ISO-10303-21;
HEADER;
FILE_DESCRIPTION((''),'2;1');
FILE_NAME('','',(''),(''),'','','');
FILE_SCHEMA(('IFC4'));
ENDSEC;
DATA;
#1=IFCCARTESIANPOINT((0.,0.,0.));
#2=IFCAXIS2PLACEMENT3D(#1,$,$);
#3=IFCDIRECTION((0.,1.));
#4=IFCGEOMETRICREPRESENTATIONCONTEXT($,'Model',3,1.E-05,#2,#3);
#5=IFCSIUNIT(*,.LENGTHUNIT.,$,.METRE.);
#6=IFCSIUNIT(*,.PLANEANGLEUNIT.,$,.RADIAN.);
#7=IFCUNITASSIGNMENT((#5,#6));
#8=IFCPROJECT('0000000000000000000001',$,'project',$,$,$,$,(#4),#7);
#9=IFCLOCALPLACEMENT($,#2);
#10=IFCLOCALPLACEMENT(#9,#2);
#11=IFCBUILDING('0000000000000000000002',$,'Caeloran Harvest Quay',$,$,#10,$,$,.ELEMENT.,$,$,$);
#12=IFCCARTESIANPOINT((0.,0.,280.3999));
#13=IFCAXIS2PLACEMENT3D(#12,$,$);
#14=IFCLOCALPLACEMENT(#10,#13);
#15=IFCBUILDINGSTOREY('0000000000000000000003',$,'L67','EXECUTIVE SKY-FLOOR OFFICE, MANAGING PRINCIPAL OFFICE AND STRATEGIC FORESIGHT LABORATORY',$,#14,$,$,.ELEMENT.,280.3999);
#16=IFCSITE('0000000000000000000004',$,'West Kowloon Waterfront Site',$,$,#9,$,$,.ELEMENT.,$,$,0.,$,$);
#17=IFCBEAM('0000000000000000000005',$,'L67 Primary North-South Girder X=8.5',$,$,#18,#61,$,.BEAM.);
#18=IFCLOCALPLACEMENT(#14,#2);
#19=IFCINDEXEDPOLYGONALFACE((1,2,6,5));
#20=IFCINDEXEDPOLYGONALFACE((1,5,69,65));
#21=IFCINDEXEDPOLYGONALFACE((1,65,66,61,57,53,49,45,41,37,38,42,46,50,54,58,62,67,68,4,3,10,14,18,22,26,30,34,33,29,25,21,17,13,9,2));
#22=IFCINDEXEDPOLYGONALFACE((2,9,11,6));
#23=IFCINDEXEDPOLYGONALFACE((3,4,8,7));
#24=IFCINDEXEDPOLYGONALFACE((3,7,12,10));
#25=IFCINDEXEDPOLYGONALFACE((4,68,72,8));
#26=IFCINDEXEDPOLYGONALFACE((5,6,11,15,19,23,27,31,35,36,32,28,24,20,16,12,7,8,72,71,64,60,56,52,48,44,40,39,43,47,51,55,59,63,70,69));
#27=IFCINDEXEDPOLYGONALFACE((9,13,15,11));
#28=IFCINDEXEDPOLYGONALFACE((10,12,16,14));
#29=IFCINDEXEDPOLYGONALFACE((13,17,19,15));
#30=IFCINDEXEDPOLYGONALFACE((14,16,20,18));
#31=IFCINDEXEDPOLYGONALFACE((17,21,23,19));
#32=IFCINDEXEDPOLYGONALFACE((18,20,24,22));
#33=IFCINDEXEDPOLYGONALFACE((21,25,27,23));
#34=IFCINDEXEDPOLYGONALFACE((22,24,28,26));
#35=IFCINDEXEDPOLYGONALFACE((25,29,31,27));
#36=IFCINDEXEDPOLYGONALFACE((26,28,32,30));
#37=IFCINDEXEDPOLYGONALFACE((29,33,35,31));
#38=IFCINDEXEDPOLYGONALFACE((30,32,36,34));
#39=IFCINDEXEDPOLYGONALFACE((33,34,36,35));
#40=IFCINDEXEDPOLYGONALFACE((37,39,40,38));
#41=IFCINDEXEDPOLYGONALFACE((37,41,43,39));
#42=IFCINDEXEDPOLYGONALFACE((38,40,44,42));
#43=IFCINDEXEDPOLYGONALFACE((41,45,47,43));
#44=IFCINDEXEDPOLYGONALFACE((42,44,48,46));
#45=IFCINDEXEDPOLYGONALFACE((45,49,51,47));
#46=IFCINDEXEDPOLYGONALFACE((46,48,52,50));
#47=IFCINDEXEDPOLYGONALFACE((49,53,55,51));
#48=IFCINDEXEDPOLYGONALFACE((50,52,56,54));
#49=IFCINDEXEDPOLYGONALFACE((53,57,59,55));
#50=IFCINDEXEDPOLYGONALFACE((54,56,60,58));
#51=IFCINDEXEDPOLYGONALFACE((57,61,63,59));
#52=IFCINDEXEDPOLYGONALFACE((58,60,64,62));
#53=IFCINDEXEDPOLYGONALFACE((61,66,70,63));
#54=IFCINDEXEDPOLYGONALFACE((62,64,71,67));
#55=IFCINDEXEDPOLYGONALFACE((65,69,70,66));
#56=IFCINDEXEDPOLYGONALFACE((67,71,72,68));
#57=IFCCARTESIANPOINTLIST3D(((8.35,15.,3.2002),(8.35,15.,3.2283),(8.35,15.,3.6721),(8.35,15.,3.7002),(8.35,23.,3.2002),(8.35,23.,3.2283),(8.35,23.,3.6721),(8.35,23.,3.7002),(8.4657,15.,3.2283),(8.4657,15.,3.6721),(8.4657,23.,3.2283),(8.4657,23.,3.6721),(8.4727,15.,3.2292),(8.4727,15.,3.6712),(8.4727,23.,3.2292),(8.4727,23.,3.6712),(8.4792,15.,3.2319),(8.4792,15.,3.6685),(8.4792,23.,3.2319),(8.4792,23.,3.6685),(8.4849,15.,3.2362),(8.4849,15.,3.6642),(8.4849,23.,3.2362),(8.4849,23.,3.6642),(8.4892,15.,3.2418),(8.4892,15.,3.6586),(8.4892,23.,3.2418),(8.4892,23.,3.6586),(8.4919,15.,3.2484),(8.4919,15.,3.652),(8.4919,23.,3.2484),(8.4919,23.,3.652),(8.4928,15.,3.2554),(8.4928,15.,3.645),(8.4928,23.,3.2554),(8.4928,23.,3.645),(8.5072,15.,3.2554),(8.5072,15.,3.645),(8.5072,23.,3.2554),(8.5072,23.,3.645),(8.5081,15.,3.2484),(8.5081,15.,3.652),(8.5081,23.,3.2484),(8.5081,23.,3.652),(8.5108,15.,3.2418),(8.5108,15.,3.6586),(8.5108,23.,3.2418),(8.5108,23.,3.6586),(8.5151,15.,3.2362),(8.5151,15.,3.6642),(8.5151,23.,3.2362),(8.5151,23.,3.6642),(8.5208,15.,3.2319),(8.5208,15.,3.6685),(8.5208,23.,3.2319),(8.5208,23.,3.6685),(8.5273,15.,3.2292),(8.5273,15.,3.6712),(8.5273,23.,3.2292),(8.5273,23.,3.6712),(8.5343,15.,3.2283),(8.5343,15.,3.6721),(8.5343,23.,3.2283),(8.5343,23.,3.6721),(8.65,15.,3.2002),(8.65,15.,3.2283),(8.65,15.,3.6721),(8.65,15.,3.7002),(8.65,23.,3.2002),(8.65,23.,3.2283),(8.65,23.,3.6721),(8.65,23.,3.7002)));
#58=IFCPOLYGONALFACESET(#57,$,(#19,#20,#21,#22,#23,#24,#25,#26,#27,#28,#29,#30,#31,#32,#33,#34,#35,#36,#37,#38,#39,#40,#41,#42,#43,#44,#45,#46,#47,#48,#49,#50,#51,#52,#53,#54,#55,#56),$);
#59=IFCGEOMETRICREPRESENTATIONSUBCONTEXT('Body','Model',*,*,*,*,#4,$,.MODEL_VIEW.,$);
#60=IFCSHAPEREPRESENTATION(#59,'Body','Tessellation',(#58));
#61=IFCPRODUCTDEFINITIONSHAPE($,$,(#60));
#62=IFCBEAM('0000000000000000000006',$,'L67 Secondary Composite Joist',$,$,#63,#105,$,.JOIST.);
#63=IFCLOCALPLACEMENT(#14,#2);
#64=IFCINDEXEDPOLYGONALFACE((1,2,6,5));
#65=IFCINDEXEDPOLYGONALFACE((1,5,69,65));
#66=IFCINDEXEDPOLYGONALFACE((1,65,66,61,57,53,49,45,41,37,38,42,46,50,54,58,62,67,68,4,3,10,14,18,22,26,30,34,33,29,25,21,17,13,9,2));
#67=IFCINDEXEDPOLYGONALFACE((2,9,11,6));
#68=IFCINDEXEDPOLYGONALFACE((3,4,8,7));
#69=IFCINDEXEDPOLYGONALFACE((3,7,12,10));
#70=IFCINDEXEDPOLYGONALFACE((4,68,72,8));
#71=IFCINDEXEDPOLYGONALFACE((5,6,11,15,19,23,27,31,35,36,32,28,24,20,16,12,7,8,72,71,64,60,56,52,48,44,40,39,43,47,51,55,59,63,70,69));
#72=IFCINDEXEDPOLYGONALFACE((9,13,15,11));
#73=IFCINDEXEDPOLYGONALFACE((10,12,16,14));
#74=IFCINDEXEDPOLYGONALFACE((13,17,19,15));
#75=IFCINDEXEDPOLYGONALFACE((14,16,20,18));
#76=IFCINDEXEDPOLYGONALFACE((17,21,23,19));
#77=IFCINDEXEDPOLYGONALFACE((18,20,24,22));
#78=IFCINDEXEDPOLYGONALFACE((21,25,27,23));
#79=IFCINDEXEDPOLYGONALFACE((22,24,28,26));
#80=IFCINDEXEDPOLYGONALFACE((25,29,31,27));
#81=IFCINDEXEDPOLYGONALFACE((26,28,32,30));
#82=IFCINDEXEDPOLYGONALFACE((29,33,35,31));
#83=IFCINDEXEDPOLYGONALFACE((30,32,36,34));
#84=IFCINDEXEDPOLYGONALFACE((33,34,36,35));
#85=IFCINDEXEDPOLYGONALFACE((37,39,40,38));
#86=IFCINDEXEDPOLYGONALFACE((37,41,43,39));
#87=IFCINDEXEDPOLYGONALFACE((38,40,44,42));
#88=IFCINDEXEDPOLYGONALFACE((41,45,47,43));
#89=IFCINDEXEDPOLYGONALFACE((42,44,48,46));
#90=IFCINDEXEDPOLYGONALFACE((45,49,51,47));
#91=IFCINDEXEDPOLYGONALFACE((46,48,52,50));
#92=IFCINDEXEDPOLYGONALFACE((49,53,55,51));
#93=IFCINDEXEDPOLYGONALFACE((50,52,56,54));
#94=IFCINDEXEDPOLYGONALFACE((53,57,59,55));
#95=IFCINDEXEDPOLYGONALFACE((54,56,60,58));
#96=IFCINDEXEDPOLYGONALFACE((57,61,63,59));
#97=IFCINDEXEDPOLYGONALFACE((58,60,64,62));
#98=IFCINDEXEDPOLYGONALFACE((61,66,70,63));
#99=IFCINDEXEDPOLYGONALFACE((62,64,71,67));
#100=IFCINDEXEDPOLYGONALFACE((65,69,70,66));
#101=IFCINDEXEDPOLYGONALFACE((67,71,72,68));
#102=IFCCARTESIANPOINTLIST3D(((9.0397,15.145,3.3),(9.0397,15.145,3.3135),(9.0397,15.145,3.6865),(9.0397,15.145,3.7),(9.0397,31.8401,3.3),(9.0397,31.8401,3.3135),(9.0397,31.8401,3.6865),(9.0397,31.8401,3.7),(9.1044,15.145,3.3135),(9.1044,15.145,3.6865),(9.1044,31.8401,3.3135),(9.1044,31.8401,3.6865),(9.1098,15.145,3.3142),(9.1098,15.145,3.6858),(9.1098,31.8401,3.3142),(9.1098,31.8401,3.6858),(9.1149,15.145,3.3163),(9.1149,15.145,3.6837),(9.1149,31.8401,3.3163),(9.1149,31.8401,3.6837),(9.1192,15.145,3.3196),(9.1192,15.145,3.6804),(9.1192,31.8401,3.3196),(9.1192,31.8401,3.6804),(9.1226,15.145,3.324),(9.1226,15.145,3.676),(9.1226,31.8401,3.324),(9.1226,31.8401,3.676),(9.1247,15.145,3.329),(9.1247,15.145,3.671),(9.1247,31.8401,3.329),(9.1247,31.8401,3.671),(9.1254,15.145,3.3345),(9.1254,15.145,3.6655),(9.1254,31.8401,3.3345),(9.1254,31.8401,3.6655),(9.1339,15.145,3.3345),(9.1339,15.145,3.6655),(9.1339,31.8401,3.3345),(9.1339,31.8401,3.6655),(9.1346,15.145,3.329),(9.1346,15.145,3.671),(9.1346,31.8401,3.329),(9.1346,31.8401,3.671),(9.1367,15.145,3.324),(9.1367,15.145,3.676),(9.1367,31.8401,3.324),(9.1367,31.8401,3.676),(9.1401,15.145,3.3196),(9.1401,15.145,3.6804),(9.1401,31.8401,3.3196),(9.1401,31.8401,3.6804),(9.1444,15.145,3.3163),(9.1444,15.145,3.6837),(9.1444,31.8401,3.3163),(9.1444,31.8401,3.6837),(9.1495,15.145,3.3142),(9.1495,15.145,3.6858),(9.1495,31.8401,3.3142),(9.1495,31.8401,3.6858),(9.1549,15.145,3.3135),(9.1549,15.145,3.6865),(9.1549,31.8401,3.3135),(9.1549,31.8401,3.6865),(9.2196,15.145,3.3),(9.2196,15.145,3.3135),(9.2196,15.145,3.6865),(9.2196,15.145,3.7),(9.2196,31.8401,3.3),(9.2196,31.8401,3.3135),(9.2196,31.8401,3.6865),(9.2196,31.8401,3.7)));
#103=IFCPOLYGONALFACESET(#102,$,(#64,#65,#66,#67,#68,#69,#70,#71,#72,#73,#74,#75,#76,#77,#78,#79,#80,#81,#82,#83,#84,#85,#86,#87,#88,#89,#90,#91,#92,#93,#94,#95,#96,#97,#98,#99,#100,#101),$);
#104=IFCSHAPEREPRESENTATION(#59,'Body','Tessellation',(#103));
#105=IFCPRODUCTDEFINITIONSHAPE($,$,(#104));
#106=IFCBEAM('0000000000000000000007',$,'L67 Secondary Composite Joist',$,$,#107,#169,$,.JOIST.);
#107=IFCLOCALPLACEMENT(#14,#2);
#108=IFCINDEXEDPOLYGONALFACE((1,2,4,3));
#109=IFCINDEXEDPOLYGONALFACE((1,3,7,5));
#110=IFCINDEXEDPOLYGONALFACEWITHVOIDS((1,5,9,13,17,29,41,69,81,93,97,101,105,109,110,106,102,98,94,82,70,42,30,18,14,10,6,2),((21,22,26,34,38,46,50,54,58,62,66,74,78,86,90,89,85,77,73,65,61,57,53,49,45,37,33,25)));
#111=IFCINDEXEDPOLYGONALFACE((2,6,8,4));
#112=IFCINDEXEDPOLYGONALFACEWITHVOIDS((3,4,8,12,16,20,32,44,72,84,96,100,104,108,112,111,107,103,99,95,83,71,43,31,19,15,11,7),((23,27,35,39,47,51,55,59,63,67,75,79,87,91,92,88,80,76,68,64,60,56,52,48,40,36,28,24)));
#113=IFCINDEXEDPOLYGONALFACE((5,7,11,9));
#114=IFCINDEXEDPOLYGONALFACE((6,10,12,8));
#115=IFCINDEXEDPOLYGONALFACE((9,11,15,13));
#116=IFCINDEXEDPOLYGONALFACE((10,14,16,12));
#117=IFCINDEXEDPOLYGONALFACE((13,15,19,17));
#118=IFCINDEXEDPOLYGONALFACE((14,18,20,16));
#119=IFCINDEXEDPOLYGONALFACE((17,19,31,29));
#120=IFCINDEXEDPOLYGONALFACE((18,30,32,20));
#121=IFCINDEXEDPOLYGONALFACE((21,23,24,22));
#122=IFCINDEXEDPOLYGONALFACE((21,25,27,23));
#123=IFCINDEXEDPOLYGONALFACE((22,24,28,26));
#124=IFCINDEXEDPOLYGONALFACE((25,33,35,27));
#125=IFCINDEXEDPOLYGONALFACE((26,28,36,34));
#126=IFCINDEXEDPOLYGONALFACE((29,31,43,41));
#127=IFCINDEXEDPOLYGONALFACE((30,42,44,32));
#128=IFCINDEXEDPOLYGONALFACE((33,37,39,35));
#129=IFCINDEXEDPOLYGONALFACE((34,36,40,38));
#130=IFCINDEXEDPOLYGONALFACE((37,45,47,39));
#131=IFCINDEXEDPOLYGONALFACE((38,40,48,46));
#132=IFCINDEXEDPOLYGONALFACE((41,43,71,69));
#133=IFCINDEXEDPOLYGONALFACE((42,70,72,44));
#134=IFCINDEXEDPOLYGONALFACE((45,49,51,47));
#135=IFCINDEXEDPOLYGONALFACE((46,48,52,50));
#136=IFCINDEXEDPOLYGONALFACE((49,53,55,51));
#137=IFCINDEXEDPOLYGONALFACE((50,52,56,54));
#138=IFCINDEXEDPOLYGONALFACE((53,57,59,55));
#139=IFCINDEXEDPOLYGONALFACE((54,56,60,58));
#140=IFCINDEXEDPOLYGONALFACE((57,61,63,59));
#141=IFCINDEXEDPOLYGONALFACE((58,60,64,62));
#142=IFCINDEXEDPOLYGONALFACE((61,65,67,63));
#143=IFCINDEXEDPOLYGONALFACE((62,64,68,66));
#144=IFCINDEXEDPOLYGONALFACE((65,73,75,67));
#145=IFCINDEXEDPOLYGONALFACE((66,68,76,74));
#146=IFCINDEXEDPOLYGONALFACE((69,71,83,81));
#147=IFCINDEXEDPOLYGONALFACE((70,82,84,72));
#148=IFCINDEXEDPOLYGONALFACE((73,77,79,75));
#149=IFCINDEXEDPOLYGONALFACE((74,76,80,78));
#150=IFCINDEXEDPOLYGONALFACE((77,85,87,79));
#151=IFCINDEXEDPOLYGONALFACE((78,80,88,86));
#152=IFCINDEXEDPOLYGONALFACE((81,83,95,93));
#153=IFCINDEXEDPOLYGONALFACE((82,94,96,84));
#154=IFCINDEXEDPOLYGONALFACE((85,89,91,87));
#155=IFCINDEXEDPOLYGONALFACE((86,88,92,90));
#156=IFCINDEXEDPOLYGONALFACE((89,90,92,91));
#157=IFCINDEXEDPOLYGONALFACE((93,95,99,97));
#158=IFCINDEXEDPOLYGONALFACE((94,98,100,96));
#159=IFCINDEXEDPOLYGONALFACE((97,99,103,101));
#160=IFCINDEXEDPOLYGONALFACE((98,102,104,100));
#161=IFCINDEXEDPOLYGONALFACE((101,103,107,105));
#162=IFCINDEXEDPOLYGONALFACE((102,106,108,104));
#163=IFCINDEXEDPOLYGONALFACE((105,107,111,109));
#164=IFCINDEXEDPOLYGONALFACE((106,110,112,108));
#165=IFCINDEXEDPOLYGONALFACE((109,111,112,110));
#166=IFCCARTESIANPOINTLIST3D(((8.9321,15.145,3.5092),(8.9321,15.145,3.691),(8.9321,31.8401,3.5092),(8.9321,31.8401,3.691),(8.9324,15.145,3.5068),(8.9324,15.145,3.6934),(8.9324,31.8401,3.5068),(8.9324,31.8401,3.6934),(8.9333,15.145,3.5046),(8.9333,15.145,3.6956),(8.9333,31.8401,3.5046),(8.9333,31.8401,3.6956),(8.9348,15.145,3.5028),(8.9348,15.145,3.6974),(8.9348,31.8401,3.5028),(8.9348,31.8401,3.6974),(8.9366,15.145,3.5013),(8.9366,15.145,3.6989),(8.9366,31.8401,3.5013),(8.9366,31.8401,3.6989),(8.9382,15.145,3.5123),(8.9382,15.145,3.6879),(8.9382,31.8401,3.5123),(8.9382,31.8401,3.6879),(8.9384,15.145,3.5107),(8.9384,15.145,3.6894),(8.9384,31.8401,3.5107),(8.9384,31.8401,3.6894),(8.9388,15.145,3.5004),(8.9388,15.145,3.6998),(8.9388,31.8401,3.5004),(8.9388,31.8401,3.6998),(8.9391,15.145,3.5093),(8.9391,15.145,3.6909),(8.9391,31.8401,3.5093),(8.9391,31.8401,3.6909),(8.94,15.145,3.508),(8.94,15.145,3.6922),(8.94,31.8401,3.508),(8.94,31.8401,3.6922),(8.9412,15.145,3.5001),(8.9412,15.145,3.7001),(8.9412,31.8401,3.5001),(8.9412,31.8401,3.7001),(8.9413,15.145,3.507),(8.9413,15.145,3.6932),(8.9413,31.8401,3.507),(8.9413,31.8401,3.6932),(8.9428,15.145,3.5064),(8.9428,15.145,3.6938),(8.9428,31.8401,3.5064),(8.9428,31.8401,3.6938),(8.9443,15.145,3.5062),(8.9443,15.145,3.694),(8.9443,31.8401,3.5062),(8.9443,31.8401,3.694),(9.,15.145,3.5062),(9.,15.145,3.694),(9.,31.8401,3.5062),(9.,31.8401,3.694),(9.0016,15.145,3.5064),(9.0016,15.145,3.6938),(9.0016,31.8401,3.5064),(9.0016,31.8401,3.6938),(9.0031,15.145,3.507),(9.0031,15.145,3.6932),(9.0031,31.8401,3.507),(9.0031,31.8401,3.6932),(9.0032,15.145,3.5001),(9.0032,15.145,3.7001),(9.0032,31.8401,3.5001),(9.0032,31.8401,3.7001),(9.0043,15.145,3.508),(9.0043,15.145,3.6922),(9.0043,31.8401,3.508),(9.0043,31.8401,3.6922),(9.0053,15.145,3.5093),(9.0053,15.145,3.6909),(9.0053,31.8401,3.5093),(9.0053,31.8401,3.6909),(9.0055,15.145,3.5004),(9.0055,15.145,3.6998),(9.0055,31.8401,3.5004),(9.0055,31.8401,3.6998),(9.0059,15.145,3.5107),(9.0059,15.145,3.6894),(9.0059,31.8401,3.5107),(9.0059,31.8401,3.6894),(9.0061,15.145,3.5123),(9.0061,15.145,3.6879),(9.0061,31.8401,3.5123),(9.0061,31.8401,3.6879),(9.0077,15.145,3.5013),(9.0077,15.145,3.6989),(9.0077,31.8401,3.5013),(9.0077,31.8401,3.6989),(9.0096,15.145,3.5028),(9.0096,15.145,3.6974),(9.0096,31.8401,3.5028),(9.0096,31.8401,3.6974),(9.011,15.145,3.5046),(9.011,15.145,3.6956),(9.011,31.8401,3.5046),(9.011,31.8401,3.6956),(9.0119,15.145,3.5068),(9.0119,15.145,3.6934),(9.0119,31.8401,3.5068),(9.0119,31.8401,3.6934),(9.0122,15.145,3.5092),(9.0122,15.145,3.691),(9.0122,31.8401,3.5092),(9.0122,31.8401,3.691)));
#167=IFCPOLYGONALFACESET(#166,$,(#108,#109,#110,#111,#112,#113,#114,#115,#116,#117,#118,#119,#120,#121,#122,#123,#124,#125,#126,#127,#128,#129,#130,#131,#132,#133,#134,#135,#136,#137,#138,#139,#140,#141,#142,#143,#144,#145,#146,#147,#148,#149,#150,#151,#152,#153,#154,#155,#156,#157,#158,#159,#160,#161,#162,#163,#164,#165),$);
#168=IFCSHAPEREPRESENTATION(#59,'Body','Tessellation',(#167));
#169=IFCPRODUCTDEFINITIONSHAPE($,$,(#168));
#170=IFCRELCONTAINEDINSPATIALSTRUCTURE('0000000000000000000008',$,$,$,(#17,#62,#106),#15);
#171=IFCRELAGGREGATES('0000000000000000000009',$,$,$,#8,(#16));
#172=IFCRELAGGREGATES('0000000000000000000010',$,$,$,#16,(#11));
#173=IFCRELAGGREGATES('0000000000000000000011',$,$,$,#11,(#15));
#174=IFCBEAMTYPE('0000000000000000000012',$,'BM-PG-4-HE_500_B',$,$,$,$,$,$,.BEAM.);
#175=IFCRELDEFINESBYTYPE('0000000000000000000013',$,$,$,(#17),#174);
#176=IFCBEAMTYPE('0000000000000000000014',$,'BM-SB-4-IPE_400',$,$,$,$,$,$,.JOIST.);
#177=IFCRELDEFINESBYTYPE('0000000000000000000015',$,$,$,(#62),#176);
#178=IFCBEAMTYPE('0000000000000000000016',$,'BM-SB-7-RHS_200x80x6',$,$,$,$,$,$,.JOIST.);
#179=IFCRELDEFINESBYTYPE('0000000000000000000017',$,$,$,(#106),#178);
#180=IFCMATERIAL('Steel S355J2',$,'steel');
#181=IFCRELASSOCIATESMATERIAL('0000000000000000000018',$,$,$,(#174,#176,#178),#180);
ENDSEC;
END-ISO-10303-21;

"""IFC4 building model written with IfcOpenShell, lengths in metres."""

from ifc_helpers import new_model, si_unit, direction, frame, origin, origin_2d, place, context, subcontext, project, spatial, hollow_rectangle, i_section, extrude, material, material_profile, profile_set, type_object, element, save


model = new_model("IFC4")

# Units and contexts
model_context = context("Model", 3, precision=1e-05, world=origin(), true_north=direction((0.0, 1.0)))
body_context = subcontext(model_context, "Body", "Model", "MODEL_VIEW")
ifc_project = project(units=[si_unit("LENGTHUNIT", "METRE"), si_unit("PLANEANGLEUNIT", "RADIAN")], contexts=[model_context])

# Site, building, storey
site_placement = place(None, origin())
site = spatial("IfcSite", under=ifc_project, at=site_placement, Name="West Kowloon Waterfront Site", CompositionType="ELEMENT", RefElevation=0.0)
building_placement = place(site_placement, origin())
building = spatial("IfcBuilding", under=site, at=building_placement, Name="Caeloran Harvest Quay", CompositionType="ELEMENT")
storey_placement = place(building_placement, frame((0.0, 0.0, 280.3999)))
storey = spatial("IfcBuildingStorey", under=building, at=storey_placement, Name="L67", Description="EXECUTIVE SKY-FLOOR OFFICE, MANAGING PRINCIPAL OFFICE AND STRATEGIC FORESIGHT LABORATORY", CompositionType="ELEMENT", Elevation=280.3999)

# Beams
ifc_material_1 = material(Name="Steel S355J2", Category="steel")
ifc_material_profile_1 = material_profile(ifc_material_1, i_section(OverallWidth=0.3, OverallDepth=0.5, WebThickness=0.0144, FlangeThickness=0.0281, FilletRadius=0.0271, at=origin_2d()), Name="HE 500 B")
ifc_profile_set_1 = profile_set([ifc_material_profile_1], Name="Steel S355J2")
beam_type_1 = type_object("IfcBeamType", Name="BM-PG-4-HE_500_B", PredefinedType="BEAM", material=ifc_profile_set_1)
beam_1_placement = place(storey_placement, frame((8.5, 15.0, 3.4502), z_axis=(0.0, 1.0, 0.0), x_axis=(-1.0, 0.0, 0.0)))
element("IfcBeam", 1, at=beam_1_placement, inside=storey, type_object=beam_type_1, Name="L67 Primary North-South Girder X=8.5", PredefinedType="BEAM", context=body_context, shape_type="SweptSolid", body=[
    extrude(i_section(OverallWidth=0.3, OverallDepth=0.5, WebThickness=0.0144, FlangeThickness=0.0281, FilletRadius=0.0271, at=origin_2d()), origin(), (0.0, 0.0, 1.0), 8.0),
])
ifc_material_profile_2 = material_profile(ifc_material_1, i_section(OverallWidth=0.1799, OverallDepth=0.3999, WebThickness=0.0085, FlangeThickness=0.0134, FilletRadius=0.021, at=origin_2d()), Name="IPE 400")
ifc_profile_set_2 = profile_set([ifc_material_profile_2], Name="Steel S355J2")
beam_type_2 = type_object("IfcBeamType", Name="BM-SB-4-IPE_400", PredefinedType="JOIST", material=ifc_profile_set_2)
beam_2_placement = place(storey_placement, frame((9.1296, 15.145, 3.5), z_axis=(0.0, 1.0, 0.0), x_axis=(-1.0, 0.0, 0.0)))
element("IfcBeam", 2, at=beam_2_placement, inside=storey, type_object=beam_type_2, Name="L67 Secondary Composite Joist", PredefinedType="JOIST", context=body_context, shape_type="SweptSolid", body=[
    extrude(i_section(OverallWidth=0.1799, OverallDepth=0.3999, WebThickness=0.0085, FlangeThickness=0.0134, FilletRadius=0.021, at=origin_2d()), origin(), (0.0, 0.0, 1.0), 16.6951),
])
ifc_material_profile_3 = material_profile(ifc_material_1, hollow_rectangle(XDim=0.0801, YDim=0.2, WallThickness=0.0061, InnerFilletRadius=0.0061, OuterFilletRadius=0.009, at=origin_2d()), Name="RHS 200x80x6")
ifc_profile_set_3 = profile_set([ifc_material_profile_3], Name="Steel S355J2")
beam_type_3 = type_object("IfcBeamType", Name="BM-SB-7-RHS_200x80x6", PredefinedType="JOIST", material=ifc_profile_set_3)
for number, where, z_axis, x_axis, name in (
    (3, (8.9722, 15.145, 3.6001), (0.0, 1.0, 0.0), (-1.0, 0.0, 0.0), "L67 Secondary Composite Joist"),
):
    element("IfcBeam", number, at=place(storey_placement, frame(where, z_axis=z_axis, x_axis=x_axis)), inside=storey, type_object=beam_type_3, Name=name, PredefinedType="JOIST", context=body_context, shape_type="SweptSolid", body=[
        extrude(hollow_rectangle(XDim=0.0801, YDim=0.2, WallThickness=0.0061, InnerFilletRadius=0.0061, OuterFilletRadius=0.009, at=origin_2d()), origin(), (0.0, 0.0, 1.0), 16.6951),
    ])

save(model, "model.ifc")
